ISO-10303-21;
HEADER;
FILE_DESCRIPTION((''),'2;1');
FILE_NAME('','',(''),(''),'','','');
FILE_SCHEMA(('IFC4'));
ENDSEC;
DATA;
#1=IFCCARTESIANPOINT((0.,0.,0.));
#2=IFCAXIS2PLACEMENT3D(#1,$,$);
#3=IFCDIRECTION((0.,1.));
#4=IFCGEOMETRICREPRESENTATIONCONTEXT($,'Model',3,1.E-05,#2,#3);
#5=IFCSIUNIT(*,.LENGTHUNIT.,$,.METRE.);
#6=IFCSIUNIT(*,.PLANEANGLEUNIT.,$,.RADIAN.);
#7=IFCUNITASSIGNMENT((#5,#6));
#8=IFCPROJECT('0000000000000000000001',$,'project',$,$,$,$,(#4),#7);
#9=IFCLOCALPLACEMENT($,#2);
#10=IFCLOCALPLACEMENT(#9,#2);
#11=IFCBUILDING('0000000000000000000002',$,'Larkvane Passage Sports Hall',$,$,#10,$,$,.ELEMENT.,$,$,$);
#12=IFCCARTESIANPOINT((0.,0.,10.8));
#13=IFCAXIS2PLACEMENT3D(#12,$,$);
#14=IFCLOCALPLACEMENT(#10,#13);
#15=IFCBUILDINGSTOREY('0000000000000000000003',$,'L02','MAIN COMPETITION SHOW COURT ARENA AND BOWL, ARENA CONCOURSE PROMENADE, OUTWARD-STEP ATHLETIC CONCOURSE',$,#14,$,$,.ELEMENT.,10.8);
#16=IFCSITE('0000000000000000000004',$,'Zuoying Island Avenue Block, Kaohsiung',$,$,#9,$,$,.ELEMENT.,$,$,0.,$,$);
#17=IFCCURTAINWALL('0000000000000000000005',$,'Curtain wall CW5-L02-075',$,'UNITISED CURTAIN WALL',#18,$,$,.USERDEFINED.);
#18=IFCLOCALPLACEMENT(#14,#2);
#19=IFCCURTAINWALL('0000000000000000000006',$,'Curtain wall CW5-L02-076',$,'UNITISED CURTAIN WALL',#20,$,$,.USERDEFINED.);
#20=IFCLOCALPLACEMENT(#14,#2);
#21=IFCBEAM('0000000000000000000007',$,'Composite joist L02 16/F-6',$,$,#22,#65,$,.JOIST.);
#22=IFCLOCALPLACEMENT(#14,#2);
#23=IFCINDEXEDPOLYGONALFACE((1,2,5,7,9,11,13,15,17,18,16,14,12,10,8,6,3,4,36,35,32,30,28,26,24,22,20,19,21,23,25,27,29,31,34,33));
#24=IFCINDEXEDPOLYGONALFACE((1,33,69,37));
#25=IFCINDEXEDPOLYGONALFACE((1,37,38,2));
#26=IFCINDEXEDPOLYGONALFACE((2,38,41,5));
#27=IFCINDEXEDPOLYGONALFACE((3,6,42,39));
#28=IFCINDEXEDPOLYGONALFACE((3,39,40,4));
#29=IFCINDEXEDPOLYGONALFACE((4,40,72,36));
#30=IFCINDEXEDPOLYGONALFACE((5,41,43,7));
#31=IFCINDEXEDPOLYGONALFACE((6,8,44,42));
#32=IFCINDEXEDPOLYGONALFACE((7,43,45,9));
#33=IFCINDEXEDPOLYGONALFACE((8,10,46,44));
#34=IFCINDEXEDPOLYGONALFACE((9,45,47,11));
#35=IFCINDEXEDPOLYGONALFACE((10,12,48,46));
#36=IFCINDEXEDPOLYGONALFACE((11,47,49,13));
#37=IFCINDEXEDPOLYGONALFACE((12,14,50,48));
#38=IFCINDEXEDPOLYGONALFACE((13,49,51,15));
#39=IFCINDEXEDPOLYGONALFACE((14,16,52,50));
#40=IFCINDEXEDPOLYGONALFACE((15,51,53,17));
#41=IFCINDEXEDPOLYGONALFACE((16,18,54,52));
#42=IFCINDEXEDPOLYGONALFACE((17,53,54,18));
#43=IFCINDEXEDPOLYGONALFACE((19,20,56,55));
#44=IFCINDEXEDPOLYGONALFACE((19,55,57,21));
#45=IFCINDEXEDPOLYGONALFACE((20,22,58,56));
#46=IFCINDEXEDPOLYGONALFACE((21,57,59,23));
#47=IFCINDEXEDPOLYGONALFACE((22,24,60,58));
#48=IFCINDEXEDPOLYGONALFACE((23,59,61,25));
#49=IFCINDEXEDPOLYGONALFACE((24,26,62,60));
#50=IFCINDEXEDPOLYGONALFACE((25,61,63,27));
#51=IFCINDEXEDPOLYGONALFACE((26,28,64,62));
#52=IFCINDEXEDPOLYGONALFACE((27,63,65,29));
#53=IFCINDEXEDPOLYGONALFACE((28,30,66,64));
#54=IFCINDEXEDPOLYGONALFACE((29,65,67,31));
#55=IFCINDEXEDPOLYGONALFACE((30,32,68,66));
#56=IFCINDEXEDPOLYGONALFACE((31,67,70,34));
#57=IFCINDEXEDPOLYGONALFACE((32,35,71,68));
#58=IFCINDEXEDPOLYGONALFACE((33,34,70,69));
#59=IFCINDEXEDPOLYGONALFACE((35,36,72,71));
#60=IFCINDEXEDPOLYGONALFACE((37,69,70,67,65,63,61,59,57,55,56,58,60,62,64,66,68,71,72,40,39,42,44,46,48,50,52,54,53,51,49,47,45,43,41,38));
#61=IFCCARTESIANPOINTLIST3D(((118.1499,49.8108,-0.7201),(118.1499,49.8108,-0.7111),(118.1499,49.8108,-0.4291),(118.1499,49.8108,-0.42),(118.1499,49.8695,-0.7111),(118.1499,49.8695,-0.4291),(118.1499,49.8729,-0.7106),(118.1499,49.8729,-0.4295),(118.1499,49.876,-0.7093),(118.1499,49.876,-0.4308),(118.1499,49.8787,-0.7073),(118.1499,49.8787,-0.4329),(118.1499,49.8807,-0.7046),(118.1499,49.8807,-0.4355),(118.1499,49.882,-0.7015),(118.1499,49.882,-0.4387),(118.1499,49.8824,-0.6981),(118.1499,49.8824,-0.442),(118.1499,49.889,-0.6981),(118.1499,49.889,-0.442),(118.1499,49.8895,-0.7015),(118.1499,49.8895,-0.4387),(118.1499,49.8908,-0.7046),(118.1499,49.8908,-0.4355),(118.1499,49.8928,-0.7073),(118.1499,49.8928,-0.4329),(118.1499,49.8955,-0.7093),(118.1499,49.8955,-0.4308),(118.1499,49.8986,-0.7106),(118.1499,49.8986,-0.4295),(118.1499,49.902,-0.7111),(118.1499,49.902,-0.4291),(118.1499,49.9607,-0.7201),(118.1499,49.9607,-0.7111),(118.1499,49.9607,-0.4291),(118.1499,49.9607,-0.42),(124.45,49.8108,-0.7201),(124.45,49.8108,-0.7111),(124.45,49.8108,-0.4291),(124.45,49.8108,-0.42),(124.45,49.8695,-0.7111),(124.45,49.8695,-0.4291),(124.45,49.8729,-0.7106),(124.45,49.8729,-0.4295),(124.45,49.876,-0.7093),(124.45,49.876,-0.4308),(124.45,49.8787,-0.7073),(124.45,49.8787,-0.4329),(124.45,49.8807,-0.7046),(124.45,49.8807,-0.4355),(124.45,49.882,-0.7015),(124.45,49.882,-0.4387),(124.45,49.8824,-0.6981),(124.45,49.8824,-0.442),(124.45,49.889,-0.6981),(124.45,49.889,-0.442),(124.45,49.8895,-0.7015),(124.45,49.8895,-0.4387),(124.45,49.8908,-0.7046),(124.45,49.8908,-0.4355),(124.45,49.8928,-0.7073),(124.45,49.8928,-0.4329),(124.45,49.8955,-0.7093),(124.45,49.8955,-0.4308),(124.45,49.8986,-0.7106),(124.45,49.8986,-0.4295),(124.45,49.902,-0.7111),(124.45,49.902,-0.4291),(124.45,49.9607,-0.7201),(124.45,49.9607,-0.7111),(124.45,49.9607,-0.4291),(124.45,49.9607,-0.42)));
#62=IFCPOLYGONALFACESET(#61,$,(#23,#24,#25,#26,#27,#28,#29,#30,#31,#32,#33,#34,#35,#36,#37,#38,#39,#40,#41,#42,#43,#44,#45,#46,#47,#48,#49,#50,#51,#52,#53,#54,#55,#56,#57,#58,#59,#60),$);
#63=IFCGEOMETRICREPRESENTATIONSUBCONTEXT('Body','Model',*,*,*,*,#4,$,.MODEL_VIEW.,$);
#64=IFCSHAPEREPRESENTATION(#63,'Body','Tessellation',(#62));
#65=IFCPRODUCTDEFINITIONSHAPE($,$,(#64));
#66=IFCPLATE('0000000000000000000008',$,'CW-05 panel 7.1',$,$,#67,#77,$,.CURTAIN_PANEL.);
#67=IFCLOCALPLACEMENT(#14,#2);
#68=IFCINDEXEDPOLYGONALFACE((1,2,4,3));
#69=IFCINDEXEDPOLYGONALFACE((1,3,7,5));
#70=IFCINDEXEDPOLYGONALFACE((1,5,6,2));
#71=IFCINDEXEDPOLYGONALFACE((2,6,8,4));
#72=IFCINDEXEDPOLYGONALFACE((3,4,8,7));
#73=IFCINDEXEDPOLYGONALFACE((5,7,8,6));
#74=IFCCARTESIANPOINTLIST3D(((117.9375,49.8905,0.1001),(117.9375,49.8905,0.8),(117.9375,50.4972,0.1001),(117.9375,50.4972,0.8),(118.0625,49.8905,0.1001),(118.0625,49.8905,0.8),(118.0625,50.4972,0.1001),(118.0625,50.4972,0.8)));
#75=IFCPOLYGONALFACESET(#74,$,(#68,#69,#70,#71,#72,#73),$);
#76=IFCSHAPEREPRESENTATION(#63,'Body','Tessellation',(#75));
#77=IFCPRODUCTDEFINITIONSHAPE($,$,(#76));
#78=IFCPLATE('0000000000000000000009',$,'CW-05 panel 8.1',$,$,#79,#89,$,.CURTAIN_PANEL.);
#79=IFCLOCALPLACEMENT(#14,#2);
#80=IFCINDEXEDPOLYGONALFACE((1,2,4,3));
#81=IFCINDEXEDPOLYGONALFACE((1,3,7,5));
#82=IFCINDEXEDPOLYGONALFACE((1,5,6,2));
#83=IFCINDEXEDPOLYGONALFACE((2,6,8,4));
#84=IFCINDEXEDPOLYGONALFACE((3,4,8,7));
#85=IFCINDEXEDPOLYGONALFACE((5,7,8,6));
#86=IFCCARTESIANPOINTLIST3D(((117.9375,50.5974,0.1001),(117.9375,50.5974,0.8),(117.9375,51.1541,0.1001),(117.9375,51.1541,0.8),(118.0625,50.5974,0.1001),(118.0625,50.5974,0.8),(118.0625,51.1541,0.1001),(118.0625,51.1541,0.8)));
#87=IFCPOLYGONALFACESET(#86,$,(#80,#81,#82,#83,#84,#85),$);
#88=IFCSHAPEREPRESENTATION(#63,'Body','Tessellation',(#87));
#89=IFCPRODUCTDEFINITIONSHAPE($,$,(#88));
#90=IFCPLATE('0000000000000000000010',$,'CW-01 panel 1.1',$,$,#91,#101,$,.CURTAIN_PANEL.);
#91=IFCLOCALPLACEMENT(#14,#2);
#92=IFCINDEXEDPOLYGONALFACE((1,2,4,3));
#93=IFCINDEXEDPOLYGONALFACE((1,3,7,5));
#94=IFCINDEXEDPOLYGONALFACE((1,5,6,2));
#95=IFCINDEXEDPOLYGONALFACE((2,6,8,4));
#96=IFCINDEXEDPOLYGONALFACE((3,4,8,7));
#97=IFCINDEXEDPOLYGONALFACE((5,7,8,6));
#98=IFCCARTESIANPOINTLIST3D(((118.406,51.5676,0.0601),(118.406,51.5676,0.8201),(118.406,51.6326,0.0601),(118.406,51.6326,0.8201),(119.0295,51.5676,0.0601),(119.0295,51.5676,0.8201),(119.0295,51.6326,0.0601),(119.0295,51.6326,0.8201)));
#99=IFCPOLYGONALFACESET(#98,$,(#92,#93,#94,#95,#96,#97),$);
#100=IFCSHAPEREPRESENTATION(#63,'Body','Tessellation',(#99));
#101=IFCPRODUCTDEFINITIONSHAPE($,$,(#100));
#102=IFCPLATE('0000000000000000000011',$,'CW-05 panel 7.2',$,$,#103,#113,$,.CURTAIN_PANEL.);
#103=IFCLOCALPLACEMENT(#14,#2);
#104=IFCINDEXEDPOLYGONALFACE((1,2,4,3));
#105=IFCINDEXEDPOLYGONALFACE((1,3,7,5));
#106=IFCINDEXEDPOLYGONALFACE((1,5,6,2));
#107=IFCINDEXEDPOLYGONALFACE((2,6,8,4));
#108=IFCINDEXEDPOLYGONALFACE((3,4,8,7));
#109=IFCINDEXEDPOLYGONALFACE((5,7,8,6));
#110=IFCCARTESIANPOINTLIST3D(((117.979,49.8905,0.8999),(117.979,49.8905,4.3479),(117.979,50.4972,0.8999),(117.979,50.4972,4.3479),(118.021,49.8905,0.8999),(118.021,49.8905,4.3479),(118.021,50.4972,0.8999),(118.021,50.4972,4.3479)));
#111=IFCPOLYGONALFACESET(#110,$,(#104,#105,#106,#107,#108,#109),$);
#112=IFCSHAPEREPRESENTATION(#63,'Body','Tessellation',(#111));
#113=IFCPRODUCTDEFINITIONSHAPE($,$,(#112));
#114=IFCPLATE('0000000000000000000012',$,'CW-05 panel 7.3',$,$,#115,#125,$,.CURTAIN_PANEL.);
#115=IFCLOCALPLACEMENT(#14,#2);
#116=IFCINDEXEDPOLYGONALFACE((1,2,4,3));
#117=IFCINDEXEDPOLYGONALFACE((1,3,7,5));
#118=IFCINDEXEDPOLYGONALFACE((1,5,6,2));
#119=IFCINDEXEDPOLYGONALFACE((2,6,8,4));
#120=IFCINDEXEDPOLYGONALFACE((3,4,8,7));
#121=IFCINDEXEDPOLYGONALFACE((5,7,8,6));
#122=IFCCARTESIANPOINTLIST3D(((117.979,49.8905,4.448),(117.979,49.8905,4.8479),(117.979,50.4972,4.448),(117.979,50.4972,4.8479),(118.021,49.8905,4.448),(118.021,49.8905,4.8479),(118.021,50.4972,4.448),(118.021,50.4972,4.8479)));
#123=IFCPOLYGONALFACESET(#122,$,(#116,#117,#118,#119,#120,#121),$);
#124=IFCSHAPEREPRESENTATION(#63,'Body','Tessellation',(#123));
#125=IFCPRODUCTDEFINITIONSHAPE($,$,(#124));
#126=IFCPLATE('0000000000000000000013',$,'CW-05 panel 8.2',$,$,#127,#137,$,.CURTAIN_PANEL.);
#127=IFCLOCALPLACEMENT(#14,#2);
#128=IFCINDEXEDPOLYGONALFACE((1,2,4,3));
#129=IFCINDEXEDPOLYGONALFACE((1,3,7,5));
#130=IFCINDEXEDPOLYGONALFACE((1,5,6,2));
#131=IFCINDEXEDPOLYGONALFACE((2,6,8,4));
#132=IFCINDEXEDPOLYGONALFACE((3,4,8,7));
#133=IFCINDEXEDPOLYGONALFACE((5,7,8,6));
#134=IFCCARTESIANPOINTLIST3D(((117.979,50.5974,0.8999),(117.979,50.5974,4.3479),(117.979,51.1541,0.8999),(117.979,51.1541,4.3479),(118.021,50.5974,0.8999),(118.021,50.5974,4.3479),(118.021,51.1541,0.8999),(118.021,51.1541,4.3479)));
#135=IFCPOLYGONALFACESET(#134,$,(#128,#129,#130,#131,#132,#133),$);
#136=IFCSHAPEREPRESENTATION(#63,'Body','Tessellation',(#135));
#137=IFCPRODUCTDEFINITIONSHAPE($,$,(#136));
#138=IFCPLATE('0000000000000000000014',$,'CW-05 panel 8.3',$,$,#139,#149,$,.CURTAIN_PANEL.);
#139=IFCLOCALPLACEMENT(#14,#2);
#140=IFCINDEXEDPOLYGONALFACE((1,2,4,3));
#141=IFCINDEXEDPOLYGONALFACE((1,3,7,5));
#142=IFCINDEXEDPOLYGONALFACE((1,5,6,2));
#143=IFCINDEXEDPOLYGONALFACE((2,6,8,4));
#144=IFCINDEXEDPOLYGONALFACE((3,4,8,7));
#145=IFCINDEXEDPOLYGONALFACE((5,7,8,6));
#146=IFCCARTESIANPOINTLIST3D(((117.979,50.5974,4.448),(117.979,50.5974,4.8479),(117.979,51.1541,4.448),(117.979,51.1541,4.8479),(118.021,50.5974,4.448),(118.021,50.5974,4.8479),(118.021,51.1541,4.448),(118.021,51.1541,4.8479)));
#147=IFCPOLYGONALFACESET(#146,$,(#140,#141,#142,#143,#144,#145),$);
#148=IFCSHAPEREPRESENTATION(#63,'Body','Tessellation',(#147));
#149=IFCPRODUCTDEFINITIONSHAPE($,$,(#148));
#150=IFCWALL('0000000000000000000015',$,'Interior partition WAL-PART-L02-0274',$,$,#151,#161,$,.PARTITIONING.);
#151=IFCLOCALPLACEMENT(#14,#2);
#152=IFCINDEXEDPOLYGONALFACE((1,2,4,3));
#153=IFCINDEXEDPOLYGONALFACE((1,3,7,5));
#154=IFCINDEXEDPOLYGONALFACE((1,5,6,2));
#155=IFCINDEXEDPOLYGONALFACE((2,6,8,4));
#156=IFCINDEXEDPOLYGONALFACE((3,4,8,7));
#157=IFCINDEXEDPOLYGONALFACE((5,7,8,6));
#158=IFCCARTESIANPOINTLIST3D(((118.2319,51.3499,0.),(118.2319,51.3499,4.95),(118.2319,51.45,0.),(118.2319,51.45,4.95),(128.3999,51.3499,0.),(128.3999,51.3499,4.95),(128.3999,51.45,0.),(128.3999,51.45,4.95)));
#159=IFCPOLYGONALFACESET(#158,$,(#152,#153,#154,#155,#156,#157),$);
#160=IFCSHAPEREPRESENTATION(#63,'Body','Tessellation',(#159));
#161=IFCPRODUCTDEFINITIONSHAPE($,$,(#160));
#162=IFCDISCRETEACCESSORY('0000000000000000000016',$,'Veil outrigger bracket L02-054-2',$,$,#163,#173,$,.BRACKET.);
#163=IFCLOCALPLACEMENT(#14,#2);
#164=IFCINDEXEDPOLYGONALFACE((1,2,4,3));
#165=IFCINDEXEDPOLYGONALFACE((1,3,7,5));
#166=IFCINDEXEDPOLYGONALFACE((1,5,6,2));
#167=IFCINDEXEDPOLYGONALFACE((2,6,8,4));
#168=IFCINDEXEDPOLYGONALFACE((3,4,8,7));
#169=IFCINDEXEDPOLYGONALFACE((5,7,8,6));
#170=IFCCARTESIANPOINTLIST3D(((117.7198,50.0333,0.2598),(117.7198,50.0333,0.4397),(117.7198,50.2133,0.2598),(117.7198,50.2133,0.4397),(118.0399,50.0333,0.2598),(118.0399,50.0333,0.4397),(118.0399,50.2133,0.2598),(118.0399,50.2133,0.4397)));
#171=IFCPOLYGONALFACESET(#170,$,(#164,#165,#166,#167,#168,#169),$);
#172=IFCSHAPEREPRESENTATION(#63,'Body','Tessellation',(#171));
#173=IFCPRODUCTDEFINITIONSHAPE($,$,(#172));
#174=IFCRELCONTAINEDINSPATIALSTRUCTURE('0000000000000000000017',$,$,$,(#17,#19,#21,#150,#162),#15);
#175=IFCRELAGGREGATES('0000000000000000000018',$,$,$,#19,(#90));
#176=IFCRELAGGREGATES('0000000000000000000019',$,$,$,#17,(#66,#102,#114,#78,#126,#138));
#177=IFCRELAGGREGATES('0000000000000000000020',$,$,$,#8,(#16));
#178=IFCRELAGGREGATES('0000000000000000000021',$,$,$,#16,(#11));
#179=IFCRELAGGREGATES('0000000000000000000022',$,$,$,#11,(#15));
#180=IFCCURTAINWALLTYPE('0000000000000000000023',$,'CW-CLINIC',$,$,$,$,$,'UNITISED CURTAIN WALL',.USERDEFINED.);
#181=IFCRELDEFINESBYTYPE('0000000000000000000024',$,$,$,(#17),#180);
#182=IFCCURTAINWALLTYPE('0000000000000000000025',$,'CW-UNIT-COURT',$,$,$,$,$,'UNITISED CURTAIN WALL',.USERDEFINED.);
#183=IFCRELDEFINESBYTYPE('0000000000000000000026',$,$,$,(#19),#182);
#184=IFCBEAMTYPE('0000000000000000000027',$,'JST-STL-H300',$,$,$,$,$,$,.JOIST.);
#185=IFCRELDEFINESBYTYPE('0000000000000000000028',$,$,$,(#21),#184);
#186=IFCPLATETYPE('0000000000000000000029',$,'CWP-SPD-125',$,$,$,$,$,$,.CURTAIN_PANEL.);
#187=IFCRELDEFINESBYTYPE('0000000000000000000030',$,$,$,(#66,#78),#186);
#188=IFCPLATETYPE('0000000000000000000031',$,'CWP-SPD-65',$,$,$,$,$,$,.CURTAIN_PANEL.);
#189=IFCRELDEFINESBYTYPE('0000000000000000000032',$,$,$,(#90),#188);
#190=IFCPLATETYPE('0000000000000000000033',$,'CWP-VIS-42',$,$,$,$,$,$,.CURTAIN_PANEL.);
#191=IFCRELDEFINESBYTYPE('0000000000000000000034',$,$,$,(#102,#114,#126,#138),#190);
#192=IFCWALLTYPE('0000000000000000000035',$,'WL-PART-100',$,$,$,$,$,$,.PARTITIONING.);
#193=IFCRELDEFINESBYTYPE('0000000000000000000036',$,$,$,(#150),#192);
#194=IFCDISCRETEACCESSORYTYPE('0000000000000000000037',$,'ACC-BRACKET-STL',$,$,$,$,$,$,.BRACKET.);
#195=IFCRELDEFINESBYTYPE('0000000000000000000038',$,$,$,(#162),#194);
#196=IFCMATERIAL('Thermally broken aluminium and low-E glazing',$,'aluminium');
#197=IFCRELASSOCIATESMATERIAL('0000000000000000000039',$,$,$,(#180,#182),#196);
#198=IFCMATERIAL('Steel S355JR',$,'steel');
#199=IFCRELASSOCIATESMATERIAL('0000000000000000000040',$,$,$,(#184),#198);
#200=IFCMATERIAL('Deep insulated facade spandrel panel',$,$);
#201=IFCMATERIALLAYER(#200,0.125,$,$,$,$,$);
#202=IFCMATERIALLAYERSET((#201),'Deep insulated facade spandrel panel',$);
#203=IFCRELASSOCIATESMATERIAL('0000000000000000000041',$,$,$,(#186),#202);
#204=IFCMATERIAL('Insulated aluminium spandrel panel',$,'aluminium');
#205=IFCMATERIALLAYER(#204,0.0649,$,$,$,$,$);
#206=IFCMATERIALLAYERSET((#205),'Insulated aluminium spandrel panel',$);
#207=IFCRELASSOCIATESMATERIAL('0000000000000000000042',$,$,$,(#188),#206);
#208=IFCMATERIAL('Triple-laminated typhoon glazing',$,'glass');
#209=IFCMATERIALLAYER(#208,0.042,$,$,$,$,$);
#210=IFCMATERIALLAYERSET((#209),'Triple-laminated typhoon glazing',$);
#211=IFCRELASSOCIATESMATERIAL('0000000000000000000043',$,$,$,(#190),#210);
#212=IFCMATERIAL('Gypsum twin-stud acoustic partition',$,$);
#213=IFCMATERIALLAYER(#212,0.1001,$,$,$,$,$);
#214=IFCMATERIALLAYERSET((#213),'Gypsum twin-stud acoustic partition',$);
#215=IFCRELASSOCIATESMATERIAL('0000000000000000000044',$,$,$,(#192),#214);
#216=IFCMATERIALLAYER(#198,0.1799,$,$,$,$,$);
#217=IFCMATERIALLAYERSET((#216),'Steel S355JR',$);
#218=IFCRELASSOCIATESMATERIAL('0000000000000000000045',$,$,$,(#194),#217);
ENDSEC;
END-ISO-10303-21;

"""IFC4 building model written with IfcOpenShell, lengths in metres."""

from ifc_helpers import new_model, si_unit, direction, frame, frame_2d, origin, origin_2d, place, context, subcontext, project, spatial, rectangle, i_section, extrude, material, layer, layer_set, material_profile, profile_set, type_object, element, aggregate, save


model = new_model("IFC4")

# Units and contexts
model_context = context("Model", 3, precision=1e-05, world=origin(), true_north=direction((0.0, 1.0)))
body_context = subcontext(model_context, "Body", "Model", "MODEL_VIEW")
ifc_project = project(units=[si_unit("LENGTHUNIT", "METRE"), si_unit("PLANEANGLEUNIT", "RADIAN")], contexts=[model_context])

# Site, building, storey
site_placement = place(None, origin())
site = spatial("IfcSite", under=ifc_project, at=site_placement, Name="Zuoying Island Avenue Block, Kaohsiung", CompositionType="ELEMENT", RefElevation=0.0)
building_placement = place(site_placement, origin())
building = spatial("IfcBuilding", under=site, at=building_placement, Name="Larkvane Passage Sports Hall", CompositionType="ELEMENT")
storey_placement = place(building_placement, frame((0.0, 0.0, 10.8)))
storey = spatial("IfcBuildingStorey", under=building, at=storey_placement, Name="L02", Description="MAIN COMPETITION SHOW COURT ARENA AND BOWL, ARENA CONCOURSE PROMENADE, OUTWARD-STEP ATHLETIC CONCOURSE", CompositionType="ELEMENT", Elevation=10.8)

# Shared definitions
ifc_material_1 = material(Name="Steel S355JR", Category="steel")

# Curtain wall
ifc_material_2 = material(Name="Thermally broken aluminium and low-E glazing", Category="aluminium")
curtain_wall_type_1 = type_object("IfcCurtainWallType", Name="CW-CLINIC", ElementType="UNITISED CURTAIN WALL", PredefinedType="USERDEFINED", material=ifc_material_2)
curtain_wall_1_placement = place(storey_placement, origin())
curtain_wall_1 = element("IfcCurtainWall", 1, at=curtain_wall_1_placement, inside=storey, type_object=curtain_wall_type_1, Name="Curtain wall CW5-L02-075", ObjectType="UNITISED CURTAIN WALL", PredefinedType="USERDEFINED")

# Curtain wall
curtain_wall_type_2 = type_object("IfcCurtainWallType", Name="CW-UNIT-COURT", ElementType="UNITISED CURTAIN WALL", PredefinedType="USERDEFINED", material=ifc_material_2)
curtain_wall_2_placement = place(storey_placement, origin())
curtain_wall_2 = element("IfcCurtainWall", 2, at=curtain_wall_2_placement, inside=storey, type_object=curtain_wall_type_2, Name="Curtain wall CW5-L02-076", ObjectType="UNITISED CURTAIN WALL", PredefinedType="USERDEFINED")

# Beam
ifc_material_profile_1 = material_profile(ifc_material_1, i_section(OverallWidth=0.1499, OverallDepth=0.3, WebThickness=0.0066, FlangeThickness=0.009, FilletRadius=0.0129, at=origin_2d()), Name="H-300x150x6.5x9")
ifc_profile_set_1 = profile_set([ifc_material_profile_1], Name="Steel S355JR")
beam_type_1 = type_object("IfcBeamType", Name="JST-STL-H300", PredefinedType="JOIST", material=ifc_profile_set_1)
beam_1_placement = place(storey_placement, frame((118.1499, 49.8857, -0.5701), z_axis=(1.0, 0.0, 0.0), x_axis=(0.0, 1.0, 0.0)))
element("IfcBeam", 3, at=beam_1_placement, inside=storey, type_object=beam_type_1, Name="Composite joist L02 16/F-6", PredefinedType="JOIST", context=body_context, shape_type="SweptSolid", body=[
    extrude(i_section(OverallWidth=0.1499, OverallDepth=0.3, WebThickness=0.0066, FlangeThickness=0.009, FilletRadius=0.0129, at=origin_2d()), origin(), (0.0, 0.0, 1.0), 6.3),
])

# Plates
ifc_material_3 = material(Name="Deep insulated facade spandrel panel")
ifc_layer_1 = layer(ifc_material_3, 0.125)
ifc_layer_set_1 = layer_set([ifc_layer_1], Name="Deep insulated facade spandrel panel")
plate_type_1 = type_object("IfcPlateType", Name="CWP-SPD-125", PredefinedType="CURTAIN_PANEL", material=ifc_layer_set_1)
plate_1_placement = place(storey_placement, frame((118.0, 50.1938, 0.1001), z_axis=(0.0, 0.0, 1.0), x_axis=(0.0, 1.0, 0.0)))
plate_1 = element("IfcPlate", 4, at=plate_1_placement, type_object=plate_type_1, Name="CW-05 panel 7.1", PredefinedType="CURTAIN_PANEL", context=body_context, shape_type="SweptSolid", body=[
    extrude(rectangle(XDim=0.6067, YDim=0.125, at=origin_2d()), origin(), (0.0, 0.0, 1.0), 0.7),
])
plate_2_placement = place(storey_placement, frame((118.0, 50.8757, 0.1001), z_axis=(0.0, 0.0, 1.0), x_axis=(0.0, 1.0, 0.0)))
plate_2 = element("IfcPlate", 5, at=plate_2_placement, type_object=plate_type_1, Name="CW-05 panel 8.1", PredefinedType="CURTAIN_PANEL", context=body_context, shape_type="SweptSolid", body=[
    extrude(rectangle(XDim=0.5566, YDim=0.125, at=origin_2d()), origin(), (0.0, 0.0, 1.0), 0.7),
])
ifc_material_4 = material(Name="Insulated aluminium spandrel panel", Category="aluminium")
ifc_layer_2 = layer(ifc_material_4, 0.0649)
ifc_layer_set_2 = layer_set([ifc_layer_2], Name="Insulated aluminium spandrel panel")
plate_type_2 = type_object("IfcPlateType", Name="CWP-SPD-65", PredefinedType="CURTAIN_PANEL", material=ifc_layer_set_2)
plate_3_placement = place(storey_placement, frame((118.7178, 51.6001, 0.0601), z_axis=(0.0, 0.0, 1.0), x_axis=(1.0, 0.0, 0.0)))
plate_3 = element("IfcPlate", 6, at=plate_3_placement, type_object=plate_type_2, Name="CW-01 panel 1.1", PredefinedType="CURTAIN_PANEL", context=body_context, shape_type="SweptSolid", body=[
    extrude(rectangle(XDim=0.6235, YDim=0.0649, at=origin_2d()), origin(), (0.0, 0.0, 1.0), 0.76),
])
aggregate(curtain_wall_2, [plate_3])
ifc_material_5 = material(Name="Triple-laminated typhoon glazing", Category="glass")
ifc_layer_3 = layer(ifc_material_5, 0.042)
ifc_layer_set_3 = layer_set([ifc_layer_3], Name="Triple-laminated typhoon glazing")
plate_type_3 = type_object("IfcPlateType", Name="CWP-VIS-42", PredefinedType="CURTAIN_PANEL", material=ifc_layer_set_3)
plate_4_placement = place(storey_placement, frame((118.0, 50.1938, 0.8999), z_axis=(0.0, 0.0, 1.0), x_axis=(0.0, 1.0, 0.0)))
plate_4 = element("IfcPlate", 7, at=plate_4_placement, type_object=plate_type_3, Name="CW-05 panel 7.2", PredefinedType="CURTAIN_PANEL", context=body_context, shape_type="SweptSolid", body=[
    extrude(rectangle(XDim=0.6067, YDim=0.042, at=origin_2d()), origin(), (0.0, 0.0, 1.0), 3.448),
])
plate_5_placement = place(storey_placement, frame((118.0, 50.1938, 4.448), z_axis=(0.0, 0.0, 1.0), x_axis=(0.0, 1.0, 0.0)))
plate_5 = element("IfcPlate", 8, at=plate_5_placement, type_object=plate_type_3, Name="CW-05 panel 7.3", PredefinedType="CURTAIN_PANEL", context=body_context, shape_type="SweptSolid", body=[
    extrude(rectangle(XDim=0.6067, YDim=0.042, at=origin_2d()), origin(), (0.0, 0.0, 1.0), 0.3999),
])
plate_6_placement = place(storey_placement, frame((118.0, 50.8757, 0.8999), z_axis=(0.0, 0.0, 1.0), x_axis=(0.0, 1.0, 0.0)))
plate_6 = element("IfcPlate", 9, at=plate_6_placement, type_object=plate_type_3, Name="CW-05 panel 8.2", PredefinedType="CURTAIN_PANEL", context=body_context, shape_type="SweptSolid", body=[
    extrude(rectangle(XDim=0.5566, YDim=0.042, at=origin_2d()), origin(), (0.0, 0.0, 1.0), 3.448),
])
plate_7_placement = place(storey_placement, frame((118.0, 50.8757, 4.448), z_axis=(0.0, 0.0, 1.0), x_axis=(0.0, 1.0, 0.0)))
plate_7 = element("IfcPlate", 10, at=plate_7_placement, type_object=plate_type_3, Name="CW-05 panel 8.3", PredefinedType="CURTAIN_PANEL", context=body_context, shape_type="SweptSolid", body=[
    extrude(rectangle(XDim=0.5566, YDim=0.042, at=origin_2d()), origin(), (0.0, 0.0, 1.0), 0.3999),
])
aggregate(curtain_wall_1, [plate_1, plate_4, plate_5, plate_2, plate_6, plate_7])

# Wall
ifc_material_6 = material(Name="Gypsum twin-stud acoustic partition")
ifc_layer_4 = layer(ifc_material_6, 0.1001)
ifc_layer_set_4 = layer_set([ifc_layer_4], Name="Gypsum twin-stud acoustic partition")
wall_type = type_object("IfcWallType", Name="WL-PART-100", PredefinedType="PARTITIONING", material=ifc_layer_set_4)
wall_placement = place(storey_placement, frame((118.2319, 51.3999, 0.0), z_axis=(0.0, 0.0, 1.0), x_axis=(1.0, 0.0, 0.0)))
element("IfcWall", 11, at=wall_placement, inside=storey, type_object=wall_type, Name="Interior partition WAL-PART-L02-0274", PredefinedType="PARTITIONING", context=body_context, shape_type="SweptSolid", body=[
    extrude(rectangle(XDim=10.168, YDim=0.1001, at=frame_2d((5.084, 0.0))), origin(), (0.0, 0.0, 1.0), 4.95),
])

# Discrete accessory
ifc_layer_5 = layer(ifc_material_1, 0.1799)
ifc_layer_set_5 = layer_set([ifc_layer_5], Name="Steel S355JR")
discrete_accessory_type = type_object("IfcDiscreteAccessoryType", Name="ACC-BRACKET-STL", PredefinedType="BRACKET", material=ifc_layer_set_5)
discrete_accessory_placement = place(storey_placement, frame((117.8799, 50.1233, 0.2598), z_axis=(0.0, 0.0, 1.0), x_axis=(0.0, 1.0, 0.0)))
element("IfcDiscreteAccessory", 12, at=discrete_accessory_placement, inside=storey, type_object=discrete_accessory_type, Name="Veil outrigger bracket L02-054-2", PredefinedType="BRACKET", context=body_context, shape_type="SweptSolid", body=[
    extrude(rectangle(XDim=0.1799, YDim=0.3201, at=origin_2d()), origin(), (0.0, 0.0, 1.0), 0.1799),
])

save(model, "model.ifc")
